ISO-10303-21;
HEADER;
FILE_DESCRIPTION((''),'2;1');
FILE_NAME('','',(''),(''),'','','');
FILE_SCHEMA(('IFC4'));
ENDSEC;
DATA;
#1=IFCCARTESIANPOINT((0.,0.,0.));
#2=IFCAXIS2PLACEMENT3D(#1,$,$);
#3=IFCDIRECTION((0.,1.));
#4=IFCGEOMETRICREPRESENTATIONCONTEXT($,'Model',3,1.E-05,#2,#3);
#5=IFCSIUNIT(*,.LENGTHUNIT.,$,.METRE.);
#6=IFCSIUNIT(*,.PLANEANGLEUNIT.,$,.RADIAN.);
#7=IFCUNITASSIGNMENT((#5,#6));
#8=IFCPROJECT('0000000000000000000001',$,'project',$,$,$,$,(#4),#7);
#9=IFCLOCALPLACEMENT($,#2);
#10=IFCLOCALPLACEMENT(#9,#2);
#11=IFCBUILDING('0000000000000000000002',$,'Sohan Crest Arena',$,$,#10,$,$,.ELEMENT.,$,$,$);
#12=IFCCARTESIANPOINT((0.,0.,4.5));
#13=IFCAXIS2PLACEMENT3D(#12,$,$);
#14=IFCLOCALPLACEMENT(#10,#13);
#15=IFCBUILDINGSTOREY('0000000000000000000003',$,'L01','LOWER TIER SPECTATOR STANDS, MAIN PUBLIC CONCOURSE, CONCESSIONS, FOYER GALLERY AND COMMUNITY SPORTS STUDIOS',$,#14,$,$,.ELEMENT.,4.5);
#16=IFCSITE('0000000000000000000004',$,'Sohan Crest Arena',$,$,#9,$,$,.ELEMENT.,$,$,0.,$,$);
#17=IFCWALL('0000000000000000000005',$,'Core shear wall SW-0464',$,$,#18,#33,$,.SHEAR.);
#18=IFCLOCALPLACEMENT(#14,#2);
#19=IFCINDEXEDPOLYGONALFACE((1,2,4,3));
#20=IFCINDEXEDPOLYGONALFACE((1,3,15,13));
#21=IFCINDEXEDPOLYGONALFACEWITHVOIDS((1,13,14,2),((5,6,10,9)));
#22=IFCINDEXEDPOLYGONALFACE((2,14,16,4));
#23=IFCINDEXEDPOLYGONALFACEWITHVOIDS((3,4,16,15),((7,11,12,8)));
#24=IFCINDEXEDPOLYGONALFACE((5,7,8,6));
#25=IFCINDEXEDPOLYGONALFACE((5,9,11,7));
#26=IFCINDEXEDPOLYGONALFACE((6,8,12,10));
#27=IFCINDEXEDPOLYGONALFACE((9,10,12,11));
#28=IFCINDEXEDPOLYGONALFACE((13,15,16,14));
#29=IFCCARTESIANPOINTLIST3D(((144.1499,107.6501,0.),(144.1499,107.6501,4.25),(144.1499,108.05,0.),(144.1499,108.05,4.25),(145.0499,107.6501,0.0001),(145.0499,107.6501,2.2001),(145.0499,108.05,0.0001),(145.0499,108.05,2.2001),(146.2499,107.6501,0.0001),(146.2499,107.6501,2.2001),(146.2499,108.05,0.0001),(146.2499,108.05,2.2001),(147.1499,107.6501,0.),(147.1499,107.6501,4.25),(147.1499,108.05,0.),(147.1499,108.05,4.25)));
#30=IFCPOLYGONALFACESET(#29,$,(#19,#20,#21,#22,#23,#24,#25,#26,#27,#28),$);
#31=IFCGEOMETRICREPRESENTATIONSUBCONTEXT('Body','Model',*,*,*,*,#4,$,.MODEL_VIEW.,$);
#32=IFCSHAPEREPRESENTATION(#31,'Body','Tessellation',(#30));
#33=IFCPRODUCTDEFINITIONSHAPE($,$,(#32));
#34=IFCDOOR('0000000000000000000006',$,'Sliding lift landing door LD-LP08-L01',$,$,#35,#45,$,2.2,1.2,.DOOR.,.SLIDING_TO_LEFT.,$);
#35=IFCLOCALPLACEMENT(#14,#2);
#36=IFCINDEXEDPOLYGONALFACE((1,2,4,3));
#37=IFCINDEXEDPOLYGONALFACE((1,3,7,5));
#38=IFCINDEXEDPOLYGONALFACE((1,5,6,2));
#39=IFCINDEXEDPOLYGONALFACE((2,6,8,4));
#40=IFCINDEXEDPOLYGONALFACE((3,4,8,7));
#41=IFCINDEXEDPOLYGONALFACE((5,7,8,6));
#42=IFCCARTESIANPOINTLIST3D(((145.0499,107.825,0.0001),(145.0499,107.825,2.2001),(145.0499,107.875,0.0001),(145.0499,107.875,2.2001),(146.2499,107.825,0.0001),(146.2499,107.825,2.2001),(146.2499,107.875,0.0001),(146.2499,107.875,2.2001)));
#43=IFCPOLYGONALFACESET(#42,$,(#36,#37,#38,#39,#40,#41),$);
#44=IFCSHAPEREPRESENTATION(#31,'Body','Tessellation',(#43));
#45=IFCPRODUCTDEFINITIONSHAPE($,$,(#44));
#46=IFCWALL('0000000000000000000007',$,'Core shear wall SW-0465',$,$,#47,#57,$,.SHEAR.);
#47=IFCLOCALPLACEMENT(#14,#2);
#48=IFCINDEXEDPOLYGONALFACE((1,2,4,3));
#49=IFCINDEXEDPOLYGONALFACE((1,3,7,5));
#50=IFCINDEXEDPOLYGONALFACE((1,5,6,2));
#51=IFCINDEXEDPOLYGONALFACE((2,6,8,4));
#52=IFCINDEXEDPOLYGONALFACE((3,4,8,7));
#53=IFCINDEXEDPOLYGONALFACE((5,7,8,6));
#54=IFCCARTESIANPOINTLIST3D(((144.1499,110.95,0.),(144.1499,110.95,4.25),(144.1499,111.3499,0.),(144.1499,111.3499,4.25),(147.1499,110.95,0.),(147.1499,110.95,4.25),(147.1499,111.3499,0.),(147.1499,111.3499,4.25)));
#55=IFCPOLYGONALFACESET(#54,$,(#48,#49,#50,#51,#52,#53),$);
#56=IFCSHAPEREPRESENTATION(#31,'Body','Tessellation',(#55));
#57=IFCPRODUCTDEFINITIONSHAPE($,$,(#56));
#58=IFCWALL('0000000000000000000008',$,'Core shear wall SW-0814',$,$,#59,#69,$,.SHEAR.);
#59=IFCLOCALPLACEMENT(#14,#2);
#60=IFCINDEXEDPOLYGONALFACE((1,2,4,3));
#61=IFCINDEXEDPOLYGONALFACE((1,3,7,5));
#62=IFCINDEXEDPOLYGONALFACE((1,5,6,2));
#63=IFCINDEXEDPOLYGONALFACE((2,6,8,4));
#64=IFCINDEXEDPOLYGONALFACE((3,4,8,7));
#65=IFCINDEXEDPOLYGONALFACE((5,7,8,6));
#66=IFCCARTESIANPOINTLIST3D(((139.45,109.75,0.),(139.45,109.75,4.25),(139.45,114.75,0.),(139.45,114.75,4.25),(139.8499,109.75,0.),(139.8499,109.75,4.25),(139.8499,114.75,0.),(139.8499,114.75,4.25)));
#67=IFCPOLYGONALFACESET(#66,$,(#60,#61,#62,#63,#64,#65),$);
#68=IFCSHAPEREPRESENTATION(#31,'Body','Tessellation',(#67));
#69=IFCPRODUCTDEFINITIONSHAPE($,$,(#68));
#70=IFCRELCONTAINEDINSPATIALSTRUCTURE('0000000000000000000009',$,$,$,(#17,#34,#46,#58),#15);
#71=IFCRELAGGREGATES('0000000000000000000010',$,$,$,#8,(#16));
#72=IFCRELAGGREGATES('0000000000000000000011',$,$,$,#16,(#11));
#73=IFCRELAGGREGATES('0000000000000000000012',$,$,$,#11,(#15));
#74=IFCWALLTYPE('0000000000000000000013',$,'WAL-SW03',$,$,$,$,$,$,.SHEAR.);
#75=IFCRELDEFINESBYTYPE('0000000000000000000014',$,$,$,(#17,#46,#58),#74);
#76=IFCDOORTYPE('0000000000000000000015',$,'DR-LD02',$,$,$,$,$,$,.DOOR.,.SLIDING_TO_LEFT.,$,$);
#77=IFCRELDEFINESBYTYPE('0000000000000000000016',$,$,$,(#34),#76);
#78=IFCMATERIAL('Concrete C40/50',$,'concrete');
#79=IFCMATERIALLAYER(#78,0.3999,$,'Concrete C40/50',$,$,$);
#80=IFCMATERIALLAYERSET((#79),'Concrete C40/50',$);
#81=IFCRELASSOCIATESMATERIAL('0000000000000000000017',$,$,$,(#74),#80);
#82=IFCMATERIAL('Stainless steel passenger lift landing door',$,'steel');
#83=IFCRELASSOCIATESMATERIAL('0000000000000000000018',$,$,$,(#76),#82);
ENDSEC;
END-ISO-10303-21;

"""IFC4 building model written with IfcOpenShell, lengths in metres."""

from ifc_helpers import new_model, si_unit, direction, frame, frame_2d, origin, place, context, subcontext, project, spatial, rectangle, extrude, material, layer, layer_set, type_object, element, fill, save


model = new_model("IFC4")

# Units and contexts
model_context = context("Model", 3, precision=1e-05, world=origin(), true_north=direction((0.0, 1.0)))
body_context = subcontext(model_context, "Body", "Model", "MODEL_VIEW")
ifc_project = project(units=[si_unit("LENGTHUNIT", "METRE"), si_unit("PLANEANGLEUNIT", "RADIAN")], contexts=[model_context])

# Site, building, storey
site_placement = place(None, origin())
site = spatial("IfcSite", under=ifc_project, at=site_placement, Name="Sohan Crest Arena", CompositionType="ELEMENT", RefElevation=0.0)
building_placement = place(site_placement, origin())
building = spatial("IfcBuilding", under=site, at=building_placement, Name="Sohan Crest Arena", CompositionType="ELEMENT")
storey_placement = place(building_placement, frame((0.0, 0.0, 4.5)))
storey = spatial("IfcBuildingStorey", under=building, at=storey_placement, Name="L01", Description="LOWER TIER SPECTATOR STANDS, MAIN PUBLIC CONCOURSE, CONCESSIONS, FOYER GALLERY AND COMMUNITY SPORTS STUDIOS", CompositionType="ELEMENT", Elevation=4.5)

# Shared definitions
ifc_material_1 = material(Name="Concrete C40/50", Category="concrete")

# Shared definitions
ifc_layer_1 = layer(ifc_material_1, 0.3999, Name="Concrete C40/50")
ifc_layer_set_1 = layer_set([ifc_layer_1], Name="Concrete C40/50")
wall_type_1 = type_object("IfcWallType", Name="WAL-SW03", PredefinedType="SHEAR", material=ifc_layer_set_1)

# Wall, opening, door
wall_1_placement = place(storey_placement, frame((144.1499, 107.8501, 0.0), z_axis=(0.0, 0.0, 1.0), x_axis=(1.0, 0.0, 0.0)))
wall_1 = element("IfcWall", 1, at=wall_1_placement, inside=storey, type_object=wall_type_1, Name="Core shear wall SW-0464", PredefinedType="SHEAR", context=body_context, shape_type="SweptSolid", body=[
    extrude(rectangle(XDim=3.0, YDim=0.3999, at=frame_2d((1.5, 0.0))), origin(), (0.0, 0.0, 1.0), 4.25),
])
opening_1_placement = place(wall_1_placement, frame((0.8999, 0.0, 0.0)))
opening_1 = element("IfcOpeningElement", 2, at=opening_1_placement, cuts=wall_1, PredefinedType="OPENING", context=body_context, shape_type="SweptSolid", body=[
    extrude(rectangle(XDim=1.2, YDim=2.2, at=frame_2d((0.6001, 1.1001))), frame((0.0, 0.21, 0.0), z_axis=(0.0, -1.0, 0.0), x_axis=(1.0, 0.0, 0.0)), (0.0, 0.0, 1.0), 0.4199),
])
ifc_material_2 = material(Name="Stainless steel passenger lift landing door", Category="steel")
door_type_1 = type_object("IfcDoorType", Name="DR-LD02", OperationType="SLIDING_TO_LEFT", PredefinedType="DOOR", material=ifc_material_2)
door_1_placement = place(opening_1_placement, origin())
door_1 = element("IfcDoor", 3, at=door_1_placement, inside=storey, type_object=door_type_1, Name="Sliding lift landing door LD-LP08-L01", OperationType="SLIDING_TO_LEFT", OverallHeight=2.2, OverallWidth=1.2, PredefinedType="DOOR", context=body_context, shape_type="SweptSolid", body=[
    extrude(rectangle(XDim=1.2, YDim=2.2, at=frame_2d((0.6001, 1.1001))), frame((0.0, 0.0249, 0.0), z_axis=(0.0, -1.0, 0.0), x_axis=(1.0, 0.0, 0.0)), (0.0, 0.0, 1.0), 0.05),
])
fill(opening_1, door_1)

# Walls
wall_2_placement = place(storey_placement, frame((144.1499, 111.1499, 0.0), z_axis=(0.0, 0.0, 1.0), x_axis=(1.0, 0.0, 0.0)))
element("IfcWall", 4, at=wall_2_placement, inside=storey, type_object=wall_type_1, Name="Core shear wall SW-0465", PredefinedType="SHEAR", context=body_context, shape_type="SweptSolid", body=[
    extrude(rectangle(XDim=3.0, YDim=0.3999, at=frame_2d((1.5, 0.0))), origin(), (0.0, 0.0, 1.0), 4.25),
])
wall_3_placement = place(storey_placement, frame((139.6499, 109.75, 0.0), z_axis=(0.0, 0.0, 1.0), x_axis=(0.0, 1.0, 0.0)))
element("IfcWall", 5, at=wall_3_placement, inside=storey, type_object=wall_type_1, Name="Core shear wall SW-0814", PredefinedType="SHEAR", context=body_context, shape_type="SweptSolid", body=[
    extrude(rectangle(XDim=5.0, YDim=0.3999, at=frame_2d((2.5, 0.0))), origin(), (0.0, 0.0, 1.0), 4.25),
])

save(model, "model.ifc")
